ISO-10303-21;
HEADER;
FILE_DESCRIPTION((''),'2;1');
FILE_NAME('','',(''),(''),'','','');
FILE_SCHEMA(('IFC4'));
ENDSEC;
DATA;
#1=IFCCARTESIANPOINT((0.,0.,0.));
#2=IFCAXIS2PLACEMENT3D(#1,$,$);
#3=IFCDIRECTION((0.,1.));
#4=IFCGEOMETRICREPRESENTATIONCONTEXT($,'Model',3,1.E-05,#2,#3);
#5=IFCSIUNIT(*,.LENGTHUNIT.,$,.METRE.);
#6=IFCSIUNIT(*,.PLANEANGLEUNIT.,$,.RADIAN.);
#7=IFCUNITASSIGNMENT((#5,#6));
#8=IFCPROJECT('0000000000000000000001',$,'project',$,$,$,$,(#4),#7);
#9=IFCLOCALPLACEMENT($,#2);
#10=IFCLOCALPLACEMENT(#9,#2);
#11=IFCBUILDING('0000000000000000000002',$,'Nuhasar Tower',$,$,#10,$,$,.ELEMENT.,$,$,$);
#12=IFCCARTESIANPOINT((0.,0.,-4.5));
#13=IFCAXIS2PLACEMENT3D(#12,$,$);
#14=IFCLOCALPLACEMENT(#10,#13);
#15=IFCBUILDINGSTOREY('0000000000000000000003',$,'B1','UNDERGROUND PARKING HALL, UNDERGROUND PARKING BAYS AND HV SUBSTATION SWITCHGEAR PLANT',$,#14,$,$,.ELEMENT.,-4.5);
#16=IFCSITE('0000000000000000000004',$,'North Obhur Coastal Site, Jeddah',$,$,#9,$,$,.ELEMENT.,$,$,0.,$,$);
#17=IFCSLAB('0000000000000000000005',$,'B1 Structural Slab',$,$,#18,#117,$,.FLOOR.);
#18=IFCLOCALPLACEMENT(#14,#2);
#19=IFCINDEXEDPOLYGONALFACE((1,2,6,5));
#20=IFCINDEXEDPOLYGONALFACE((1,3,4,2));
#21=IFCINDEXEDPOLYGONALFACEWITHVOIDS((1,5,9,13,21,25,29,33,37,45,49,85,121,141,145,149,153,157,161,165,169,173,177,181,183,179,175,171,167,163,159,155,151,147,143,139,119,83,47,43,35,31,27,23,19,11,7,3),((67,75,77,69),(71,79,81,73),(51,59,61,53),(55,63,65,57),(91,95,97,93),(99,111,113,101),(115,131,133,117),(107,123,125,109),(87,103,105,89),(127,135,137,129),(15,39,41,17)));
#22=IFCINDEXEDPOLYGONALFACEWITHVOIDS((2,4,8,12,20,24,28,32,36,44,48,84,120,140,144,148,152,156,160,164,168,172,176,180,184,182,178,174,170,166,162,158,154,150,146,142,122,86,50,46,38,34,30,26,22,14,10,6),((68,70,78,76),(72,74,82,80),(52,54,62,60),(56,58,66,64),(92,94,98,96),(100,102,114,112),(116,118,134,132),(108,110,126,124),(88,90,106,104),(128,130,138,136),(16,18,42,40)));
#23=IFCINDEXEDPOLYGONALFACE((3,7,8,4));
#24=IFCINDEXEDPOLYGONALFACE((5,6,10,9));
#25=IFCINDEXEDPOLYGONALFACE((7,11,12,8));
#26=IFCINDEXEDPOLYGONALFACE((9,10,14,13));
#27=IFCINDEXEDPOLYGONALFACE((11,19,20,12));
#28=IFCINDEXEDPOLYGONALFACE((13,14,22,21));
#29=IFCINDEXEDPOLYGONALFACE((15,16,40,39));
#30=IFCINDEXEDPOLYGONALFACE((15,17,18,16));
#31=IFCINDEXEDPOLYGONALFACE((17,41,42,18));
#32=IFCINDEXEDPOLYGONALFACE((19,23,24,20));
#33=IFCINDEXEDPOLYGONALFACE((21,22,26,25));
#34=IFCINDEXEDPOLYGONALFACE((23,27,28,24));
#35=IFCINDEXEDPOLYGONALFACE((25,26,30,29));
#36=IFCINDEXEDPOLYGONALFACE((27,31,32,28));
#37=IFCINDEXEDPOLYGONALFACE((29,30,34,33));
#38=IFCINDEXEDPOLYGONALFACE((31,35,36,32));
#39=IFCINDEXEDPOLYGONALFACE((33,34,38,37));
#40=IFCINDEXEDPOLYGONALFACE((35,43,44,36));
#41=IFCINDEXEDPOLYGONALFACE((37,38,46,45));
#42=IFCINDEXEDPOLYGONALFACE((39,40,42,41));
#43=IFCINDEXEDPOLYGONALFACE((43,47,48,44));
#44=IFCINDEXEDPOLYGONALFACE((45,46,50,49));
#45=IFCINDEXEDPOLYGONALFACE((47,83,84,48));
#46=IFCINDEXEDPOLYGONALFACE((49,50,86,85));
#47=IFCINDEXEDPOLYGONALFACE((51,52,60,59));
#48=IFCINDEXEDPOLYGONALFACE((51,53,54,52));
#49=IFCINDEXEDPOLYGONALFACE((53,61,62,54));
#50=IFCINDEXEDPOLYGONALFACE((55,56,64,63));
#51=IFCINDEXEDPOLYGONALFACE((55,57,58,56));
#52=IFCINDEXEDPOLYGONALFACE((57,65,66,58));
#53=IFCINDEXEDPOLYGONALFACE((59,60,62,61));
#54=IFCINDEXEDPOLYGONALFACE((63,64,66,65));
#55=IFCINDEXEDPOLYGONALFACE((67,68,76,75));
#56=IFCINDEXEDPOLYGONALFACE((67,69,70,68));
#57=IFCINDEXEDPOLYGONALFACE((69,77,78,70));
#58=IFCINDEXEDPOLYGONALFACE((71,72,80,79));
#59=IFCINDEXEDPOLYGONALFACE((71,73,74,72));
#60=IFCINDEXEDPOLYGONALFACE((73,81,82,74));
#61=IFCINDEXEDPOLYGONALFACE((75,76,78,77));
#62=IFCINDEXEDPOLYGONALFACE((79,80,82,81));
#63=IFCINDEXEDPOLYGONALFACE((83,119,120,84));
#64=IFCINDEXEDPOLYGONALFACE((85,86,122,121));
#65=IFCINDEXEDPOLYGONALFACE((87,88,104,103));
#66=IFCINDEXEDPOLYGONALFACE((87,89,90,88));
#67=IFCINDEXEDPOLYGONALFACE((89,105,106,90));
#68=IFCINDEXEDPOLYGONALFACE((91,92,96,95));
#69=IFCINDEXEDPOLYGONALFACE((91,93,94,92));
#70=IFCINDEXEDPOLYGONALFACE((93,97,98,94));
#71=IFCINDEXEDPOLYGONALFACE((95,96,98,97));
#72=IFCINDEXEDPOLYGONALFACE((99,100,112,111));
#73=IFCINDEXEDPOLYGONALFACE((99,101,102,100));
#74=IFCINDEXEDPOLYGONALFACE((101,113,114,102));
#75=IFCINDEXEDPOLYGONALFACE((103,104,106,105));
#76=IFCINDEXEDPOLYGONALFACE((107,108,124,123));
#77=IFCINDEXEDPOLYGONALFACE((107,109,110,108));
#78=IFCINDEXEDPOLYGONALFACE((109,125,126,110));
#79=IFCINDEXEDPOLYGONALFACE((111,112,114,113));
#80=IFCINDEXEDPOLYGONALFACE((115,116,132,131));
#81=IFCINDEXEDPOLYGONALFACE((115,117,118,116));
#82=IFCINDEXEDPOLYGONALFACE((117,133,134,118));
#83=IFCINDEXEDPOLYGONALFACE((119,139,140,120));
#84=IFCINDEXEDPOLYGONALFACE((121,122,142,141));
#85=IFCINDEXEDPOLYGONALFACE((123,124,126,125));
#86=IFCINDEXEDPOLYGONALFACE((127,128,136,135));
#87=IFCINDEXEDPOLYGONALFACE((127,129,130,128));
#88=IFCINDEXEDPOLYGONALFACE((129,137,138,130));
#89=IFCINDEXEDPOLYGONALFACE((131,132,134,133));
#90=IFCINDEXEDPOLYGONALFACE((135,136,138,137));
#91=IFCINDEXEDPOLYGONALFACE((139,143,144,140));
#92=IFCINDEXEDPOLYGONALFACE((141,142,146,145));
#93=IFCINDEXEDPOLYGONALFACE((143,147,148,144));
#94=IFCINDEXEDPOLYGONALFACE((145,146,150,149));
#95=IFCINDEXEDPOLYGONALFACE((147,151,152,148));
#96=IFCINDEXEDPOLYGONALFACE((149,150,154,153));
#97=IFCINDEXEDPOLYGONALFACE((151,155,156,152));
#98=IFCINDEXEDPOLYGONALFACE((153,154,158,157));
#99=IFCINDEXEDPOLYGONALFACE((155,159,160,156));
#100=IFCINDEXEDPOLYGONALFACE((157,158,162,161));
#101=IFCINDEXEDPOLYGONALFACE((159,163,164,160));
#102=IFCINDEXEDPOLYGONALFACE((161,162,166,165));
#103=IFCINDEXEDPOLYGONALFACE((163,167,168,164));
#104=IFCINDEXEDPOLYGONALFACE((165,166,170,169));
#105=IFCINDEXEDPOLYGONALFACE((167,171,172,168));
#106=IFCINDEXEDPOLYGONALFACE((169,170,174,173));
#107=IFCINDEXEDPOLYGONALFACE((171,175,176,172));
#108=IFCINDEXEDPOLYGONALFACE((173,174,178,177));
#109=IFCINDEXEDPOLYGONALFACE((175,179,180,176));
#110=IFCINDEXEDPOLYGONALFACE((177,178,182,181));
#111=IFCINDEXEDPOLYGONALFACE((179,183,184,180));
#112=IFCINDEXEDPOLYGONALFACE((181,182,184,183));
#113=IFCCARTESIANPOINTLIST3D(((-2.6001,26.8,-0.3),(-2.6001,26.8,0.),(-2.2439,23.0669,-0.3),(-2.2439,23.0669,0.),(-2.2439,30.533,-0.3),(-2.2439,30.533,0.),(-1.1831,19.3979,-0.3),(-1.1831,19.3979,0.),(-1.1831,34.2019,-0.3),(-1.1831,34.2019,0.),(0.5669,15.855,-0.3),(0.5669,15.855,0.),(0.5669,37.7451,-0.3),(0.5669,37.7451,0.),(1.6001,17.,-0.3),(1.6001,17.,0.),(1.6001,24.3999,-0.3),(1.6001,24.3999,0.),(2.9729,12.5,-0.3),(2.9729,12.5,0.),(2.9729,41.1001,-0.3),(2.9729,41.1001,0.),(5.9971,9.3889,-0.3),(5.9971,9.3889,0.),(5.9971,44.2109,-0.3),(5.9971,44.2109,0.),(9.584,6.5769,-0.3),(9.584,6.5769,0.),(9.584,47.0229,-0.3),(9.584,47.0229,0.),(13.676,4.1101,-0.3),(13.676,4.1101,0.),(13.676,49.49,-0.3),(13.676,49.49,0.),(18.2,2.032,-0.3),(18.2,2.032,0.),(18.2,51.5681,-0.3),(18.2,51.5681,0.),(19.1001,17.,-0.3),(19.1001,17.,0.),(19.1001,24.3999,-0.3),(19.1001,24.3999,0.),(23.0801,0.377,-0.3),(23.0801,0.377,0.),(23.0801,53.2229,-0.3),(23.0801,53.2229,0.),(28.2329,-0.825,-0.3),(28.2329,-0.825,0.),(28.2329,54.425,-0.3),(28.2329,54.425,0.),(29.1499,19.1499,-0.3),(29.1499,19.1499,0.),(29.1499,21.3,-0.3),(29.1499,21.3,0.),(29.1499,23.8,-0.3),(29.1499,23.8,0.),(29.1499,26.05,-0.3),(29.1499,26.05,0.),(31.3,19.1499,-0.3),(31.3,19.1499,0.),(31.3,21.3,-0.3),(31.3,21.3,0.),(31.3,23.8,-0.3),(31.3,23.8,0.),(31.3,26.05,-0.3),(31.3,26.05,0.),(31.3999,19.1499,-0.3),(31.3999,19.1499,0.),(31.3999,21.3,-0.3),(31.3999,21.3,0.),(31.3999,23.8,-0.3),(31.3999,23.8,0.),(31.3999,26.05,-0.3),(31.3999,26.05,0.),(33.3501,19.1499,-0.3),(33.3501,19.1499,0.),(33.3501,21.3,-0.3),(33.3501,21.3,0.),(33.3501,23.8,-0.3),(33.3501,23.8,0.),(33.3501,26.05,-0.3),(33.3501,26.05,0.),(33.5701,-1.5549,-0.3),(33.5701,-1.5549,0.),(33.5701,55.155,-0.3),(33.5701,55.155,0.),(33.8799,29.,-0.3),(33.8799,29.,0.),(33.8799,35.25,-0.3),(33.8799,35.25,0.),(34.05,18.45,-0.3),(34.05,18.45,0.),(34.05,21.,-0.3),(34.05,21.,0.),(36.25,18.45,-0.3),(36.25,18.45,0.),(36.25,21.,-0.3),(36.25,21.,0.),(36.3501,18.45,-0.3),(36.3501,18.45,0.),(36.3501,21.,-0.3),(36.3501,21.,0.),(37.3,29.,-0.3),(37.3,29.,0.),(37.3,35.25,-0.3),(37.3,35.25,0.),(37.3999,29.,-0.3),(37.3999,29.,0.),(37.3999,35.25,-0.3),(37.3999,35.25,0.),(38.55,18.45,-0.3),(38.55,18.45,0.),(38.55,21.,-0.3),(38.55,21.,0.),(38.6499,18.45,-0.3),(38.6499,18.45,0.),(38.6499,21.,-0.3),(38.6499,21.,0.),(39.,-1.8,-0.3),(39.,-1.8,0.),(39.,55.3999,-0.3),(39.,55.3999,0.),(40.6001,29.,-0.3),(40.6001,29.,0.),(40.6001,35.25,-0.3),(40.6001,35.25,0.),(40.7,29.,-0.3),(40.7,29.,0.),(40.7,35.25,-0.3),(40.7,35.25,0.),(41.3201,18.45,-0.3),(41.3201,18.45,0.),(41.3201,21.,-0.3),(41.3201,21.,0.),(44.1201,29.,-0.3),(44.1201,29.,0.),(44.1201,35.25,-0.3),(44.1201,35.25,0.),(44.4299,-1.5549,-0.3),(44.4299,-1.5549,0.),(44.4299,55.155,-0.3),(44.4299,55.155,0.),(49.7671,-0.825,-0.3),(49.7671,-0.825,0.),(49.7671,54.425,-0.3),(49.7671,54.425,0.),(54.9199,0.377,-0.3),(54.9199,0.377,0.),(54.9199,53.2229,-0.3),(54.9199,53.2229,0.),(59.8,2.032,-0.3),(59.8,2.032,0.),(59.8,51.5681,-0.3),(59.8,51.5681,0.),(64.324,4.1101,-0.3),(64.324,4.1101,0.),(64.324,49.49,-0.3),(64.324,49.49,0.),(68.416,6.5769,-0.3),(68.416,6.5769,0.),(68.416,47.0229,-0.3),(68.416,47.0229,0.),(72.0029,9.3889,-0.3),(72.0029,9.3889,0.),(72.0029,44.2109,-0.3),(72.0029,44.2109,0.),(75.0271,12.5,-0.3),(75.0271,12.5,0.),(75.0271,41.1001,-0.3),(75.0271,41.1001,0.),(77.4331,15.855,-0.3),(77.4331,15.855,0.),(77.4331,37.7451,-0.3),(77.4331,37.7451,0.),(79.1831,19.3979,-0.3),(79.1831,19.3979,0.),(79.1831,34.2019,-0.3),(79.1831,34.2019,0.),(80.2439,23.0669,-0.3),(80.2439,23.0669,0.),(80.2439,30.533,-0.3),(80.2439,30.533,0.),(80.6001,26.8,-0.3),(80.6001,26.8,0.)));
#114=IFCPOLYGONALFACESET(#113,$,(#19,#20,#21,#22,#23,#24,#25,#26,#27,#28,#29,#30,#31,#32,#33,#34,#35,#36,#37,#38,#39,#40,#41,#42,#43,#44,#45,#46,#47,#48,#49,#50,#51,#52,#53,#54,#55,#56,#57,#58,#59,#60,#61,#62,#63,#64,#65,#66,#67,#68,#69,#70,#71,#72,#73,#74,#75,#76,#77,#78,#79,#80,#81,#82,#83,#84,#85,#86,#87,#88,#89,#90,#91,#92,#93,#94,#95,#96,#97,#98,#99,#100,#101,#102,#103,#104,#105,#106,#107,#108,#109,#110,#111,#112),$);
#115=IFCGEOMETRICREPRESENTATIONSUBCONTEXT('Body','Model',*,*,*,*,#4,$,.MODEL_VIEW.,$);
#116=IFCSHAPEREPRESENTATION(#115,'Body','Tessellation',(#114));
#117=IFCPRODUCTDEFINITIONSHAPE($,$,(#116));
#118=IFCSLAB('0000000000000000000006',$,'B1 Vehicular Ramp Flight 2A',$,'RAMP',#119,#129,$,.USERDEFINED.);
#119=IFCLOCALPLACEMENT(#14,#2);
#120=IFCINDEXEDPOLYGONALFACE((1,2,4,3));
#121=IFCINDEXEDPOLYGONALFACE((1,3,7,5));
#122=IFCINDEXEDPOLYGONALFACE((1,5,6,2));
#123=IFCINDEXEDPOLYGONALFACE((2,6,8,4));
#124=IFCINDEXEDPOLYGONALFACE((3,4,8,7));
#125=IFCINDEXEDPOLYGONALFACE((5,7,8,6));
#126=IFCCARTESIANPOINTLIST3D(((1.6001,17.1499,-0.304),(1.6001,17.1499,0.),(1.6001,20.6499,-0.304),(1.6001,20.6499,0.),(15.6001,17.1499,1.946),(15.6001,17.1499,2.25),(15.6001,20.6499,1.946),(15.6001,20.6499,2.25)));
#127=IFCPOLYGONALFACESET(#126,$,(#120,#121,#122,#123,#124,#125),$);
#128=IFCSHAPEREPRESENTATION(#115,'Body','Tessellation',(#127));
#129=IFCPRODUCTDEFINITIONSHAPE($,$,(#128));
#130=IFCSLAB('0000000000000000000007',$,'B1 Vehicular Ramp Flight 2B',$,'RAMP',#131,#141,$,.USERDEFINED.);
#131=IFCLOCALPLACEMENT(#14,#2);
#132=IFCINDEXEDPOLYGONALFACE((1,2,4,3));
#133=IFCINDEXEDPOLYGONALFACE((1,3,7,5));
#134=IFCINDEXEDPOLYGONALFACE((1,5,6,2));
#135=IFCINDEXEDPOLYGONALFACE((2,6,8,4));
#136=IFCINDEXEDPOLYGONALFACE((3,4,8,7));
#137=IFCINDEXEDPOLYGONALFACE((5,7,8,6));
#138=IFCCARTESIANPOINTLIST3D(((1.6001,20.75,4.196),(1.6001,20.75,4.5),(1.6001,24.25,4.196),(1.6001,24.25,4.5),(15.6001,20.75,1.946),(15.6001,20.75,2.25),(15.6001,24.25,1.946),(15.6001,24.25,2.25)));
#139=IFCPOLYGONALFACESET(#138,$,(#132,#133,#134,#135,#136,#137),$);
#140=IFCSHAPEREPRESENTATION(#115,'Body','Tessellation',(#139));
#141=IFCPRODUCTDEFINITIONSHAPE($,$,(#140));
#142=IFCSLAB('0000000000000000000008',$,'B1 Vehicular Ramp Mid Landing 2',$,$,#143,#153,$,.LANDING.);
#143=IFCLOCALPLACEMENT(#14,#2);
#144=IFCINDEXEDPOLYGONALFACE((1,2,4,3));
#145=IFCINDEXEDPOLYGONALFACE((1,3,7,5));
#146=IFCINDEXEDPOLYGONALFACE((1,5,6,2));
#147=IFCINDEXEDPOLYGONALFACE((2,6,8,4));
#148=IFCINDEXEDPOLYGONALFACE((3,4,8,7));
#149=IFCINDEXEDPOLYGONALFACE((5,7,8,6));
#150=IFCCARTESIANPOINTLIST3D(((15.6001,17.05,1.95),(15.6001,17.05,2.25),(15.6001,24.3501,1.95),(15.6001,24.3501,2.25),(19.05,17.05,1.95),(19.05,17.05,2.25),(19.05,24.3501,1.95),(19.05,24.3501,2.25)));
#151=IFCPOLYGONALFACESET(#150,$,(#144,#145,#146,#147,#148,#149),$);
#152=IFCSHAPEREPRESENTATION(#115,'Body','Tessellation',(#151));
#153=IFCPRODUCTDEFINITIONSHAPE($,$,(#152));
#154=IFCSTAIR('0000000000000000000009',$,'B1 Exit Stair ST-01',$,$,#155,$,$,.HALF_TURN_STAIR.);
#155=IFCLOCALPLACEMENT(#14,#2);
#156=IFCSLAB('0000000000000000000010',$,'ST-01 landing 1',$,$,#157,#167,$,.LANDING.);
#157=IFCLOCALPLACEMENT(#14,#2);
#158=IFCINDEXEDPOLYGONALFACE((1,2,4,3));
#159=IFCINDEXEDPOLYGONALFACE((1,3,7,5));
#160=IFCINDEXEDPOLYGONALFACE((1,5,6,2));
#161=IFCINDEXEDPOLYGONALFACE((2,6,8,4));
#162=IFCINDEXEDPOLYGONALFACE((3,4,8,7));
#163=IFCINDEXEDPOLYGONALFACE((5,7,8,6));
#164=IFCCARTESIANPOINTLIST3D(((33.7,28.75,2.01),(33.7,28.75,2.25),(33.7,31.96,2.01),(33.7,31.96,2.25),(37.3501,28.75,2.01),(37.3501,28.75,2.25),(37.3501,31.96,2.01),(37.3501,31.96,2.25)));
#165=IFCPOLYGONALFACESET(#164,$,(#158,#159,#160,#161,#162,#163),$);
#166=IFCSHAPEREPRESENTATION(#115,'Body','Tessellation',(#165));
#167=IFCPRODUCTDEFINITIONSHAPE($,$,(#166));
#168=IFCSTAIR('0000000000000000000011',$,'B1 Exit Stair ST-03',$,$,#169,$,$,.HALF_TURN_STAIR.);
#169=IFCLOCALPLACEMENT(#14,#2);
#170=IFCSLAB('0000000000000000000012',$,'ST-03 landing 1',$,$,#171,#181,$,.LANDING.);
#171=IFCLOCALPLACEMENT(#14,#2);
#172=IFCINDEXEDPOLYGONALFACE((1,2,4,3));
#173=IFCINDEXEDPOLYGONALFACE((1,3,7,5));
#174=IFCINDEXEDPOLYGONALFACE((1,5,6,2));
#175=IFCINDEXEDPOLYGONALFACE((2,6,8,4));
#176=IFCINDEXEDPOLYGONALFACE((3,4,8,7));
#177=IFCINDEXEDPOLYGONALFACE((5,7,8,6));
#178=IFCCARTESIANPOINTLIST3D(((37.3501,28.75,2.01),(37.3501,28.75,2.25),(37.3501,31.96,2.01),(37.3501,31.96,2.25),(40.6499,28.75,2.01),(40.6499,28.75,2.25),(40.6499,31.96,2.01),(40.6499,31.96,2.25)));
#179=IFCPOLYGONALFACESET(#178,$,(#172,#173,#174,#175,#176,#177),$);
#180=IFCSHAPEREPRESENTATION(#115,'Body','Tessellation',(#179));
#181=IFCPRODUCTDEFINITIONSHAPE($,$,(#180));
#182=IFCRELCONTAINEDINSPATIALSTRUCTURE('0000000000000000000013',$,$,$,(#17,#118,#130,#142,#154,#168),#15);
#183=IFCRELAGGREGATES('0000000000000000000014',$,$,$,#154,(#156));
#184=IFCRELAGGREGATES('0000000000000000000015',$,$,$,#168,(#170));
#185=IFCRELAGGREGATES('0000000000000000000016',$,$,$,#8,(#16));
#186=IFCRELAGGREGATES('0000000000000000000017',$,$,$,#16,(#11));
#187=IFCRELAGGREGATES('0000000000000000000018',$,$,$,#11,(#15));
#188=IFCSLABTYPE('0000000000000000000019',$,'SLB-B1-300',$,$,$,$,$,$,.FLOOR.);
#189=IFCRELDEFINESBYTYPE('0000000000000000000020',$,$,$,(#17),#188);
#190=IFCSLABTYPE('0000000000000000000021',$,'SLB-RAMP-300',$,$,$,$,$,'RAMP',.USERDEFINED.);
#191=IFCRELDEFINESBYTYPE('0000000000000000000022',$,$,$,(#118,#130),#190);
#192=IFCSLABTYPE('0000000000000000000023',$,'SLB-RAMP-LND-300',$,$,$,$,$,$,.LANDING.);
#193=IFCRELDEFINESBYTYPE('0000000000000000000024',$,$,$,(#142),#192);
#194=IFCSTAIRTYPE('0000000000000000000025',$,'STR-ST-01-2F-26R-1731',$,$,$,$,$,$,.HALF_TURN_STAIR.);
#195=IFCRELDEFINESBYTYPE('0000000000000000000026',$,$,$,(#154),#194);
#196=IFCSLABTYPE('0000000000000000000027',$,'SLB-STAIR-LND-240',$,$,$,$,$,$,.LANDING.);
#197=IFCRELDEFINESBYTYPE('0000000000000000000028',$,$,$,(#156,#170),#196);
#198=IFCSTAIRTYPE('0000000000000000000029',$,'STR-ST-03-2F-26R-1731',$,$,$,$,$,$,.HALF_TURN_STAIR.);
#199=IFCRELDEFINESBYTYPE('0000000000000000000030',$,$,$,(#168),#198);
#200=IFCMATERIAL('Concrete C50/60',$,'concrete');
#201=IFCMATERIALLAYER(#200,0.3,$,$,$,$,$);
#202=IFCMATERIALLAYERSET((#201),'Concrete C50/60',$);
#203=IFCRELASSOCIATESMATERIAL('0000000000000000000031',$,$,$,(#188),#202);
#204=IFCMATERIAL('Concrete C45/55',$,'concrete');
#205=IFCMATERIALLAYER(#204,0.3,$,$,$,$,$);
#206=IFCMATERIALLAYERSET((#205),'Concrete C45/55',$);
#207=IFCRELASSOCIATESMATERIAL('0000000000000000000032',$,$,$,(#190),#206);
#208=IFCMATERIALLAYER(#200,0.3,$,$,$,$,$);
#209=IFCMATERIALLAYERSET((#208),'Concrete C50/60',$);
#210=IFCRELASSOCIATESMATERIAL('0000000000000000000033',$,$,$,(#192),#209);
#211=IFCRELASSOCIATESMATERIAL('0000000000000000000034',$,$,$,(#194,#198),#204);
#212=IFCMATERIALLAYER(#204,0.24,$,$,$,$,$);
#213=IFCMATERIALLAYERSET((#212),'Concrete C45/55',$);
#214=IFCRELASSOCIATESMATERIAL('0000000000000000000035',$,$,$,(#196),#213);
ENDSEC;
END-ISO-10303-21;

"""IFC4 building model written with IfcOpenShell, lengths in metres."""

from ifc_helpers import new_model, si_unit, direction, frame, origin, place, context, subcontext, project, spatial, polyline, outline, extrude, material, layer, layer_set, type_object, element, aggregate, save


model = new_model("IFC4")

# Units and contexts
model_context = context("Model", 3, precision=1e-05, world=origin(), true_north=direction((0.0, 1.0)))
body_context = subcontext(model_context, "Body", "Model", "MODEL_VIEW")
ifc_project = project(units=[si_unit("LENGTHUNIT", "METRE"), si_unit("PLANEANGLEUNIT", "RADIAN")], contexts=[model_context])

# Site, building, storey
site_placement = place(None, origin())
site = spatial("IfcSite", under=ifc_project, at=site_placement, Name="North Obhur Coastal Site, Jeddah", CompositionType="ELEMENT", RefElevation=0.0)
building_placement = place(site_placement, origin())
building = spatial("IfcBuilding", under=site, at=building_placement, Name="Nuhasar Tower", CompositionType="ELEMENT")
storey_placement = place(building_placement, frame((0.0, 0.0, -4.5)))
storey = spatial("IfcBuildingStorey", under=building, at=storey_placement, Name="B1", Description="UNDERGROUND PARKING HALL, UNDERGROUND PARKING BAYS AND HV SUBSTATION SWITCHGEAR PLANT", CompositionType="ELEMENT", Elevation=-4.5)

# Shared definitions
ifc_material_1 = material(Name="Concrete C50/60", Category="concrete")

# Slabs
ifc_layer_1 = layer(ifc_material_1, 0.3)
ifc_layer_set_1 = layer_set([ifc_layer_1], Name="Concrete C50/60")
slab_type_1 = type_object("IfcSlabType", Name="SLB-B1-300", PredefinedType="FLOOR", material=ifc_layer_set_1)
slab_1_placement = place(storey_placement, frame((0.0, 0.0, -0.3)))
element("IfcSlab", 1, at=slab_1_placement, inside=storey, type_object=slab_type_1, Name="B1 Structural Slab", PredefinedType="FLOOR", context=body_context, shape_type="SweptSolid", body=[
    extrude(outline(polyline([(80.6001, 26.8), (80.2439, 30.533), (79.1831, 34.2019), (77.4331, 37.7451), (75.0271, 41.1001), (72.0029, 44.2109), (68.416, 47.0229), (64.324, 49.49), (59.8, 51.5681), (54.9199, 53.2229), (49.7671, 54.425), (44.4299, 55.155), (39.0, 55.3999), (33.5701, 55.155), (28.2329, 54.425), (23.0801, 53.2229), (18.2, 51.5681), (13.676, 49.49), (9.584, 47.0229), (5.9971, 44.2109), (2.9729, 41.1001), (0.5669, 37.7451), (-1.1831, 34.2019), (-2.2439, 30.533), (-2.6001, 26.8), (-2.2439, 23.0669), (-1.1831, 19.3979), (0.5669, 15.855), (2.9729, 12.5), (5.9971, 9.3889), (9.584, 6.5769), (13.676, 4.1101), (18.2, 2.032), (23.0801, 0.377), (28.2329, -0.825), (33.5701, -1.5549), (39.0, -1.8), (44.4299, -1.5549), (49.7671, -0.825), (54.9199, 0.377), (59.8, 2.032), (64.324, 4.1101), (68.416, 6.5769), (72.0029, 9.3889), (75.0271, 12.5), (77.4331, 15.855), (79.1831, 19.3979), (80.2439, 23.0669), (80.6001, 26.8)]), holes=[polyline([(33.8799, 35.25), (37.3, 35.25), (37.3, 29.0), (33.8799, 29.0), (33.8799, 35.25)]), polyline([(37.3999, 35.25), (40.6001, 35.25), (40.6001, 29.0), (37.3999, 29.0), (37.3999, 35.25)]), polyline([(40.7, 35.25), (44.1201, 35.25), (44.1201, 29.0), (40.7, 29.0), (40.7, 35.25)]), polyline([(29.1499, 26.05), (31.3, 26.05), (31.3, 23.8), (29.1499, 23.8), (29.1499, 26.05)]), polyline([(31.3999, 26.05), (33.3501, 26.05), (33.3501, 23.8), (31.3999, 23.8), (31.3999, 26.05)]), polyline([(29.1499, 21.3), (31.3, 21.3), (31.3, 19.1499), (29.1499, 19.1499), (29.1499, 21.3)]), polyline([(31.3999, 21.3), (33.3501, 21.3), (33.3501, 19.1499), (31.3999, 19.1499), (31.3999, 21.3)]), polyline([(34.05, 21.0), (36.25, 21.0), (36.25, 18.45), (34.05, 18.45), (34.05, 21.0)]), polyline([(36.3501, 21.0), (38.55, 21.0), (38.55, 18.45), (36.3501, 18.45), (36.3501, 21.0)]), polyline([(38.6499, 21.0), (41.3201, 21.0), (41.3201, 18.45), (38.6499, 18.45), (38.6499, 21.0)]), polyline([(1.6001, 24.3999), (19.1001, 24.3999), (19.1001, 17.0), (1.6001, 17.0), (1.6001, 24.3999)])]), origin(), (0.0, 0.0, 1.0), 0.3),
])
ifc_material_2 = material(Name="Concrete C45/55", Category="concrete")
ifc_layer_2 = layer(ifc_material_2, 0.3)
ifc_layer_set_2 = layer_set([ifc_layer_2], Name="Concrete C45/55")
slab_type_2 = type_object("IfcSlabType", Name="SLB-RAMP-300", ElementType="RAMP", PredefinedType="USERDEFINED", material=ifc_layer_set_2)
for number, where, z_axis, x_axis, name in (
    (2, (1.6001, 17.1499, 0.0), (-0.158678, 0.0, 0.98733), (0.98733, 0.0, 0.158678), "B1 Vehicular Ramp Flight 2A"),
    (3, (15.6001, 24.25, 2.25), (0.158678, 0.0, 0.98733), (-0.98733, 0.0, 0.158678), "B1 Vehicular Ramp Flight 2B"),
):
    element("IfcSlab", number, at=place(storey_placement, frame(where, z_axis=z_axis, x_axis=x_axis)), inside=storey, type_object=slab_type_2, Name=name, ObjectType="RAMP", PredefinedType="USERDEFINED", context=body_context, shape_type="SweptSolid", body=[
        extrude(outline(polyline([(0.0, 0.0), (14.1797, 0.0), (14.1797, 3.5), (0.0, 3.5), (0.0, 0.0)])), origin(), (-0.158678, 0.0, -0.98733), 0.304),
    ])
ifc_layer_3 = layer(ifc_material_1, 0.3)
ifc_layer_set_3 = layer_set([ifc_layer_3], Name="Concrete C50/60")
slab_type_3 = type_object("IfcSlabType", Name="SLB-RAMP-LND-300", PredefinedType="LANDING", material=ifc_layer_set_3)
slab_2_placement = place(storey_placement, frame((0.0, 0.0, 1.95)))
element("IfcSlab", 4, at=slab_2_placement, inside=storey, type_object=slab_type_3, Name="B1 Vehicular Ramp Mid Landing 2", PredefinedType="LANDING", context=body_context, shape_type="SweptSolid", body=[
    extrude(outline(polyline([(15.6001, 17.05), (19.05, 17.05), (19.05, 24.3501), (15.6001, 24.3501), (15.6001, 17.05)])), origin(), (0.0, 0.0, 1.0), 0.3),
])

# Stairs, slabs
stair_type_1 = type_object("IfcStairType", Name="STR-ST-01-2F-26R-1731", PredefinedType="HALF_TURN_STAIR", material=ifc_material_2)
stair_1_placement = place(storey_placement, origin())
stair_1 = element("IfcStair", 5, at=stair_1_placement, inside=storey, type_object=stair_type_1, Name="B1 Exit Stair ST-01", PredefinedType="HALF_TURN_STAIR")
ifc_layer_4 = layer(ifc_material_2, 0.24)
ifc_layer_set_4 = layer_set([ifc_layer_4], Name="Concrete C45/55")
slab_type_4 = type_object("IfcSlabType", Name="SLB-STAIR-LND-240", PredefinedType="LANDING", material=ifc_layer_set_4)
slab_3_placement = place(storey_placement, frame((0.0, 0.0, 2.01)))
slab_3 = element("IfcSlab", 6, at=slab_3_placement, type_object=slab_type_4, Name="ST-01 landing 1", PredefinedType="LANDING", context=body_context, shape_type="SweptSolid", body=[
    extrude(outline(polyline([(33.7, 28.75), (37.3501, 28.75), (37.3501, 31.96), (33.7, 31.96), (33.7, 28.75)])), origin(), (0.0, 0.0, 1.0), 0.24),
])
aggregate(stair_1, [slab_3])
stair_type_2 = type_object("IfcStairType", Name="STR-ST-03-2F-26R-1731", PredefinedType="HALF_TURN_STAIR", material=ifc_material_2)
stair_2_placement = place(storey_placement, origin())
stair_2 = element("IfcStair", 7, at=stair_2_placement, inside=storey, type_object=stair_type_2, Name="B1 Exit Stair ST-03", PredefinedType="HALF_TURN_STAIR")
slab_4_placement = place(storey_placement, frame((0.0, 0.0, 2.01)))
slab_4 = element("IfcSlab", 8, at=slab_4_placement, type_object=slab_type_4, Name="ST-03 landing 1", PredefinedType="LANDING", context=body_context, shape_type="SweptSolid", body=[
    extrude(outline(polyline([(37.3501, 28.75), (40.6499, 28.75), (40.6499, 31.96), (37.3501, 31.96), (37.3501, 28.75)])), origin(), (0.0, 0.0, 1.0), 0.24),
])
aggregate(stair_2, [slab_4])

save(model, "model.ifc")
